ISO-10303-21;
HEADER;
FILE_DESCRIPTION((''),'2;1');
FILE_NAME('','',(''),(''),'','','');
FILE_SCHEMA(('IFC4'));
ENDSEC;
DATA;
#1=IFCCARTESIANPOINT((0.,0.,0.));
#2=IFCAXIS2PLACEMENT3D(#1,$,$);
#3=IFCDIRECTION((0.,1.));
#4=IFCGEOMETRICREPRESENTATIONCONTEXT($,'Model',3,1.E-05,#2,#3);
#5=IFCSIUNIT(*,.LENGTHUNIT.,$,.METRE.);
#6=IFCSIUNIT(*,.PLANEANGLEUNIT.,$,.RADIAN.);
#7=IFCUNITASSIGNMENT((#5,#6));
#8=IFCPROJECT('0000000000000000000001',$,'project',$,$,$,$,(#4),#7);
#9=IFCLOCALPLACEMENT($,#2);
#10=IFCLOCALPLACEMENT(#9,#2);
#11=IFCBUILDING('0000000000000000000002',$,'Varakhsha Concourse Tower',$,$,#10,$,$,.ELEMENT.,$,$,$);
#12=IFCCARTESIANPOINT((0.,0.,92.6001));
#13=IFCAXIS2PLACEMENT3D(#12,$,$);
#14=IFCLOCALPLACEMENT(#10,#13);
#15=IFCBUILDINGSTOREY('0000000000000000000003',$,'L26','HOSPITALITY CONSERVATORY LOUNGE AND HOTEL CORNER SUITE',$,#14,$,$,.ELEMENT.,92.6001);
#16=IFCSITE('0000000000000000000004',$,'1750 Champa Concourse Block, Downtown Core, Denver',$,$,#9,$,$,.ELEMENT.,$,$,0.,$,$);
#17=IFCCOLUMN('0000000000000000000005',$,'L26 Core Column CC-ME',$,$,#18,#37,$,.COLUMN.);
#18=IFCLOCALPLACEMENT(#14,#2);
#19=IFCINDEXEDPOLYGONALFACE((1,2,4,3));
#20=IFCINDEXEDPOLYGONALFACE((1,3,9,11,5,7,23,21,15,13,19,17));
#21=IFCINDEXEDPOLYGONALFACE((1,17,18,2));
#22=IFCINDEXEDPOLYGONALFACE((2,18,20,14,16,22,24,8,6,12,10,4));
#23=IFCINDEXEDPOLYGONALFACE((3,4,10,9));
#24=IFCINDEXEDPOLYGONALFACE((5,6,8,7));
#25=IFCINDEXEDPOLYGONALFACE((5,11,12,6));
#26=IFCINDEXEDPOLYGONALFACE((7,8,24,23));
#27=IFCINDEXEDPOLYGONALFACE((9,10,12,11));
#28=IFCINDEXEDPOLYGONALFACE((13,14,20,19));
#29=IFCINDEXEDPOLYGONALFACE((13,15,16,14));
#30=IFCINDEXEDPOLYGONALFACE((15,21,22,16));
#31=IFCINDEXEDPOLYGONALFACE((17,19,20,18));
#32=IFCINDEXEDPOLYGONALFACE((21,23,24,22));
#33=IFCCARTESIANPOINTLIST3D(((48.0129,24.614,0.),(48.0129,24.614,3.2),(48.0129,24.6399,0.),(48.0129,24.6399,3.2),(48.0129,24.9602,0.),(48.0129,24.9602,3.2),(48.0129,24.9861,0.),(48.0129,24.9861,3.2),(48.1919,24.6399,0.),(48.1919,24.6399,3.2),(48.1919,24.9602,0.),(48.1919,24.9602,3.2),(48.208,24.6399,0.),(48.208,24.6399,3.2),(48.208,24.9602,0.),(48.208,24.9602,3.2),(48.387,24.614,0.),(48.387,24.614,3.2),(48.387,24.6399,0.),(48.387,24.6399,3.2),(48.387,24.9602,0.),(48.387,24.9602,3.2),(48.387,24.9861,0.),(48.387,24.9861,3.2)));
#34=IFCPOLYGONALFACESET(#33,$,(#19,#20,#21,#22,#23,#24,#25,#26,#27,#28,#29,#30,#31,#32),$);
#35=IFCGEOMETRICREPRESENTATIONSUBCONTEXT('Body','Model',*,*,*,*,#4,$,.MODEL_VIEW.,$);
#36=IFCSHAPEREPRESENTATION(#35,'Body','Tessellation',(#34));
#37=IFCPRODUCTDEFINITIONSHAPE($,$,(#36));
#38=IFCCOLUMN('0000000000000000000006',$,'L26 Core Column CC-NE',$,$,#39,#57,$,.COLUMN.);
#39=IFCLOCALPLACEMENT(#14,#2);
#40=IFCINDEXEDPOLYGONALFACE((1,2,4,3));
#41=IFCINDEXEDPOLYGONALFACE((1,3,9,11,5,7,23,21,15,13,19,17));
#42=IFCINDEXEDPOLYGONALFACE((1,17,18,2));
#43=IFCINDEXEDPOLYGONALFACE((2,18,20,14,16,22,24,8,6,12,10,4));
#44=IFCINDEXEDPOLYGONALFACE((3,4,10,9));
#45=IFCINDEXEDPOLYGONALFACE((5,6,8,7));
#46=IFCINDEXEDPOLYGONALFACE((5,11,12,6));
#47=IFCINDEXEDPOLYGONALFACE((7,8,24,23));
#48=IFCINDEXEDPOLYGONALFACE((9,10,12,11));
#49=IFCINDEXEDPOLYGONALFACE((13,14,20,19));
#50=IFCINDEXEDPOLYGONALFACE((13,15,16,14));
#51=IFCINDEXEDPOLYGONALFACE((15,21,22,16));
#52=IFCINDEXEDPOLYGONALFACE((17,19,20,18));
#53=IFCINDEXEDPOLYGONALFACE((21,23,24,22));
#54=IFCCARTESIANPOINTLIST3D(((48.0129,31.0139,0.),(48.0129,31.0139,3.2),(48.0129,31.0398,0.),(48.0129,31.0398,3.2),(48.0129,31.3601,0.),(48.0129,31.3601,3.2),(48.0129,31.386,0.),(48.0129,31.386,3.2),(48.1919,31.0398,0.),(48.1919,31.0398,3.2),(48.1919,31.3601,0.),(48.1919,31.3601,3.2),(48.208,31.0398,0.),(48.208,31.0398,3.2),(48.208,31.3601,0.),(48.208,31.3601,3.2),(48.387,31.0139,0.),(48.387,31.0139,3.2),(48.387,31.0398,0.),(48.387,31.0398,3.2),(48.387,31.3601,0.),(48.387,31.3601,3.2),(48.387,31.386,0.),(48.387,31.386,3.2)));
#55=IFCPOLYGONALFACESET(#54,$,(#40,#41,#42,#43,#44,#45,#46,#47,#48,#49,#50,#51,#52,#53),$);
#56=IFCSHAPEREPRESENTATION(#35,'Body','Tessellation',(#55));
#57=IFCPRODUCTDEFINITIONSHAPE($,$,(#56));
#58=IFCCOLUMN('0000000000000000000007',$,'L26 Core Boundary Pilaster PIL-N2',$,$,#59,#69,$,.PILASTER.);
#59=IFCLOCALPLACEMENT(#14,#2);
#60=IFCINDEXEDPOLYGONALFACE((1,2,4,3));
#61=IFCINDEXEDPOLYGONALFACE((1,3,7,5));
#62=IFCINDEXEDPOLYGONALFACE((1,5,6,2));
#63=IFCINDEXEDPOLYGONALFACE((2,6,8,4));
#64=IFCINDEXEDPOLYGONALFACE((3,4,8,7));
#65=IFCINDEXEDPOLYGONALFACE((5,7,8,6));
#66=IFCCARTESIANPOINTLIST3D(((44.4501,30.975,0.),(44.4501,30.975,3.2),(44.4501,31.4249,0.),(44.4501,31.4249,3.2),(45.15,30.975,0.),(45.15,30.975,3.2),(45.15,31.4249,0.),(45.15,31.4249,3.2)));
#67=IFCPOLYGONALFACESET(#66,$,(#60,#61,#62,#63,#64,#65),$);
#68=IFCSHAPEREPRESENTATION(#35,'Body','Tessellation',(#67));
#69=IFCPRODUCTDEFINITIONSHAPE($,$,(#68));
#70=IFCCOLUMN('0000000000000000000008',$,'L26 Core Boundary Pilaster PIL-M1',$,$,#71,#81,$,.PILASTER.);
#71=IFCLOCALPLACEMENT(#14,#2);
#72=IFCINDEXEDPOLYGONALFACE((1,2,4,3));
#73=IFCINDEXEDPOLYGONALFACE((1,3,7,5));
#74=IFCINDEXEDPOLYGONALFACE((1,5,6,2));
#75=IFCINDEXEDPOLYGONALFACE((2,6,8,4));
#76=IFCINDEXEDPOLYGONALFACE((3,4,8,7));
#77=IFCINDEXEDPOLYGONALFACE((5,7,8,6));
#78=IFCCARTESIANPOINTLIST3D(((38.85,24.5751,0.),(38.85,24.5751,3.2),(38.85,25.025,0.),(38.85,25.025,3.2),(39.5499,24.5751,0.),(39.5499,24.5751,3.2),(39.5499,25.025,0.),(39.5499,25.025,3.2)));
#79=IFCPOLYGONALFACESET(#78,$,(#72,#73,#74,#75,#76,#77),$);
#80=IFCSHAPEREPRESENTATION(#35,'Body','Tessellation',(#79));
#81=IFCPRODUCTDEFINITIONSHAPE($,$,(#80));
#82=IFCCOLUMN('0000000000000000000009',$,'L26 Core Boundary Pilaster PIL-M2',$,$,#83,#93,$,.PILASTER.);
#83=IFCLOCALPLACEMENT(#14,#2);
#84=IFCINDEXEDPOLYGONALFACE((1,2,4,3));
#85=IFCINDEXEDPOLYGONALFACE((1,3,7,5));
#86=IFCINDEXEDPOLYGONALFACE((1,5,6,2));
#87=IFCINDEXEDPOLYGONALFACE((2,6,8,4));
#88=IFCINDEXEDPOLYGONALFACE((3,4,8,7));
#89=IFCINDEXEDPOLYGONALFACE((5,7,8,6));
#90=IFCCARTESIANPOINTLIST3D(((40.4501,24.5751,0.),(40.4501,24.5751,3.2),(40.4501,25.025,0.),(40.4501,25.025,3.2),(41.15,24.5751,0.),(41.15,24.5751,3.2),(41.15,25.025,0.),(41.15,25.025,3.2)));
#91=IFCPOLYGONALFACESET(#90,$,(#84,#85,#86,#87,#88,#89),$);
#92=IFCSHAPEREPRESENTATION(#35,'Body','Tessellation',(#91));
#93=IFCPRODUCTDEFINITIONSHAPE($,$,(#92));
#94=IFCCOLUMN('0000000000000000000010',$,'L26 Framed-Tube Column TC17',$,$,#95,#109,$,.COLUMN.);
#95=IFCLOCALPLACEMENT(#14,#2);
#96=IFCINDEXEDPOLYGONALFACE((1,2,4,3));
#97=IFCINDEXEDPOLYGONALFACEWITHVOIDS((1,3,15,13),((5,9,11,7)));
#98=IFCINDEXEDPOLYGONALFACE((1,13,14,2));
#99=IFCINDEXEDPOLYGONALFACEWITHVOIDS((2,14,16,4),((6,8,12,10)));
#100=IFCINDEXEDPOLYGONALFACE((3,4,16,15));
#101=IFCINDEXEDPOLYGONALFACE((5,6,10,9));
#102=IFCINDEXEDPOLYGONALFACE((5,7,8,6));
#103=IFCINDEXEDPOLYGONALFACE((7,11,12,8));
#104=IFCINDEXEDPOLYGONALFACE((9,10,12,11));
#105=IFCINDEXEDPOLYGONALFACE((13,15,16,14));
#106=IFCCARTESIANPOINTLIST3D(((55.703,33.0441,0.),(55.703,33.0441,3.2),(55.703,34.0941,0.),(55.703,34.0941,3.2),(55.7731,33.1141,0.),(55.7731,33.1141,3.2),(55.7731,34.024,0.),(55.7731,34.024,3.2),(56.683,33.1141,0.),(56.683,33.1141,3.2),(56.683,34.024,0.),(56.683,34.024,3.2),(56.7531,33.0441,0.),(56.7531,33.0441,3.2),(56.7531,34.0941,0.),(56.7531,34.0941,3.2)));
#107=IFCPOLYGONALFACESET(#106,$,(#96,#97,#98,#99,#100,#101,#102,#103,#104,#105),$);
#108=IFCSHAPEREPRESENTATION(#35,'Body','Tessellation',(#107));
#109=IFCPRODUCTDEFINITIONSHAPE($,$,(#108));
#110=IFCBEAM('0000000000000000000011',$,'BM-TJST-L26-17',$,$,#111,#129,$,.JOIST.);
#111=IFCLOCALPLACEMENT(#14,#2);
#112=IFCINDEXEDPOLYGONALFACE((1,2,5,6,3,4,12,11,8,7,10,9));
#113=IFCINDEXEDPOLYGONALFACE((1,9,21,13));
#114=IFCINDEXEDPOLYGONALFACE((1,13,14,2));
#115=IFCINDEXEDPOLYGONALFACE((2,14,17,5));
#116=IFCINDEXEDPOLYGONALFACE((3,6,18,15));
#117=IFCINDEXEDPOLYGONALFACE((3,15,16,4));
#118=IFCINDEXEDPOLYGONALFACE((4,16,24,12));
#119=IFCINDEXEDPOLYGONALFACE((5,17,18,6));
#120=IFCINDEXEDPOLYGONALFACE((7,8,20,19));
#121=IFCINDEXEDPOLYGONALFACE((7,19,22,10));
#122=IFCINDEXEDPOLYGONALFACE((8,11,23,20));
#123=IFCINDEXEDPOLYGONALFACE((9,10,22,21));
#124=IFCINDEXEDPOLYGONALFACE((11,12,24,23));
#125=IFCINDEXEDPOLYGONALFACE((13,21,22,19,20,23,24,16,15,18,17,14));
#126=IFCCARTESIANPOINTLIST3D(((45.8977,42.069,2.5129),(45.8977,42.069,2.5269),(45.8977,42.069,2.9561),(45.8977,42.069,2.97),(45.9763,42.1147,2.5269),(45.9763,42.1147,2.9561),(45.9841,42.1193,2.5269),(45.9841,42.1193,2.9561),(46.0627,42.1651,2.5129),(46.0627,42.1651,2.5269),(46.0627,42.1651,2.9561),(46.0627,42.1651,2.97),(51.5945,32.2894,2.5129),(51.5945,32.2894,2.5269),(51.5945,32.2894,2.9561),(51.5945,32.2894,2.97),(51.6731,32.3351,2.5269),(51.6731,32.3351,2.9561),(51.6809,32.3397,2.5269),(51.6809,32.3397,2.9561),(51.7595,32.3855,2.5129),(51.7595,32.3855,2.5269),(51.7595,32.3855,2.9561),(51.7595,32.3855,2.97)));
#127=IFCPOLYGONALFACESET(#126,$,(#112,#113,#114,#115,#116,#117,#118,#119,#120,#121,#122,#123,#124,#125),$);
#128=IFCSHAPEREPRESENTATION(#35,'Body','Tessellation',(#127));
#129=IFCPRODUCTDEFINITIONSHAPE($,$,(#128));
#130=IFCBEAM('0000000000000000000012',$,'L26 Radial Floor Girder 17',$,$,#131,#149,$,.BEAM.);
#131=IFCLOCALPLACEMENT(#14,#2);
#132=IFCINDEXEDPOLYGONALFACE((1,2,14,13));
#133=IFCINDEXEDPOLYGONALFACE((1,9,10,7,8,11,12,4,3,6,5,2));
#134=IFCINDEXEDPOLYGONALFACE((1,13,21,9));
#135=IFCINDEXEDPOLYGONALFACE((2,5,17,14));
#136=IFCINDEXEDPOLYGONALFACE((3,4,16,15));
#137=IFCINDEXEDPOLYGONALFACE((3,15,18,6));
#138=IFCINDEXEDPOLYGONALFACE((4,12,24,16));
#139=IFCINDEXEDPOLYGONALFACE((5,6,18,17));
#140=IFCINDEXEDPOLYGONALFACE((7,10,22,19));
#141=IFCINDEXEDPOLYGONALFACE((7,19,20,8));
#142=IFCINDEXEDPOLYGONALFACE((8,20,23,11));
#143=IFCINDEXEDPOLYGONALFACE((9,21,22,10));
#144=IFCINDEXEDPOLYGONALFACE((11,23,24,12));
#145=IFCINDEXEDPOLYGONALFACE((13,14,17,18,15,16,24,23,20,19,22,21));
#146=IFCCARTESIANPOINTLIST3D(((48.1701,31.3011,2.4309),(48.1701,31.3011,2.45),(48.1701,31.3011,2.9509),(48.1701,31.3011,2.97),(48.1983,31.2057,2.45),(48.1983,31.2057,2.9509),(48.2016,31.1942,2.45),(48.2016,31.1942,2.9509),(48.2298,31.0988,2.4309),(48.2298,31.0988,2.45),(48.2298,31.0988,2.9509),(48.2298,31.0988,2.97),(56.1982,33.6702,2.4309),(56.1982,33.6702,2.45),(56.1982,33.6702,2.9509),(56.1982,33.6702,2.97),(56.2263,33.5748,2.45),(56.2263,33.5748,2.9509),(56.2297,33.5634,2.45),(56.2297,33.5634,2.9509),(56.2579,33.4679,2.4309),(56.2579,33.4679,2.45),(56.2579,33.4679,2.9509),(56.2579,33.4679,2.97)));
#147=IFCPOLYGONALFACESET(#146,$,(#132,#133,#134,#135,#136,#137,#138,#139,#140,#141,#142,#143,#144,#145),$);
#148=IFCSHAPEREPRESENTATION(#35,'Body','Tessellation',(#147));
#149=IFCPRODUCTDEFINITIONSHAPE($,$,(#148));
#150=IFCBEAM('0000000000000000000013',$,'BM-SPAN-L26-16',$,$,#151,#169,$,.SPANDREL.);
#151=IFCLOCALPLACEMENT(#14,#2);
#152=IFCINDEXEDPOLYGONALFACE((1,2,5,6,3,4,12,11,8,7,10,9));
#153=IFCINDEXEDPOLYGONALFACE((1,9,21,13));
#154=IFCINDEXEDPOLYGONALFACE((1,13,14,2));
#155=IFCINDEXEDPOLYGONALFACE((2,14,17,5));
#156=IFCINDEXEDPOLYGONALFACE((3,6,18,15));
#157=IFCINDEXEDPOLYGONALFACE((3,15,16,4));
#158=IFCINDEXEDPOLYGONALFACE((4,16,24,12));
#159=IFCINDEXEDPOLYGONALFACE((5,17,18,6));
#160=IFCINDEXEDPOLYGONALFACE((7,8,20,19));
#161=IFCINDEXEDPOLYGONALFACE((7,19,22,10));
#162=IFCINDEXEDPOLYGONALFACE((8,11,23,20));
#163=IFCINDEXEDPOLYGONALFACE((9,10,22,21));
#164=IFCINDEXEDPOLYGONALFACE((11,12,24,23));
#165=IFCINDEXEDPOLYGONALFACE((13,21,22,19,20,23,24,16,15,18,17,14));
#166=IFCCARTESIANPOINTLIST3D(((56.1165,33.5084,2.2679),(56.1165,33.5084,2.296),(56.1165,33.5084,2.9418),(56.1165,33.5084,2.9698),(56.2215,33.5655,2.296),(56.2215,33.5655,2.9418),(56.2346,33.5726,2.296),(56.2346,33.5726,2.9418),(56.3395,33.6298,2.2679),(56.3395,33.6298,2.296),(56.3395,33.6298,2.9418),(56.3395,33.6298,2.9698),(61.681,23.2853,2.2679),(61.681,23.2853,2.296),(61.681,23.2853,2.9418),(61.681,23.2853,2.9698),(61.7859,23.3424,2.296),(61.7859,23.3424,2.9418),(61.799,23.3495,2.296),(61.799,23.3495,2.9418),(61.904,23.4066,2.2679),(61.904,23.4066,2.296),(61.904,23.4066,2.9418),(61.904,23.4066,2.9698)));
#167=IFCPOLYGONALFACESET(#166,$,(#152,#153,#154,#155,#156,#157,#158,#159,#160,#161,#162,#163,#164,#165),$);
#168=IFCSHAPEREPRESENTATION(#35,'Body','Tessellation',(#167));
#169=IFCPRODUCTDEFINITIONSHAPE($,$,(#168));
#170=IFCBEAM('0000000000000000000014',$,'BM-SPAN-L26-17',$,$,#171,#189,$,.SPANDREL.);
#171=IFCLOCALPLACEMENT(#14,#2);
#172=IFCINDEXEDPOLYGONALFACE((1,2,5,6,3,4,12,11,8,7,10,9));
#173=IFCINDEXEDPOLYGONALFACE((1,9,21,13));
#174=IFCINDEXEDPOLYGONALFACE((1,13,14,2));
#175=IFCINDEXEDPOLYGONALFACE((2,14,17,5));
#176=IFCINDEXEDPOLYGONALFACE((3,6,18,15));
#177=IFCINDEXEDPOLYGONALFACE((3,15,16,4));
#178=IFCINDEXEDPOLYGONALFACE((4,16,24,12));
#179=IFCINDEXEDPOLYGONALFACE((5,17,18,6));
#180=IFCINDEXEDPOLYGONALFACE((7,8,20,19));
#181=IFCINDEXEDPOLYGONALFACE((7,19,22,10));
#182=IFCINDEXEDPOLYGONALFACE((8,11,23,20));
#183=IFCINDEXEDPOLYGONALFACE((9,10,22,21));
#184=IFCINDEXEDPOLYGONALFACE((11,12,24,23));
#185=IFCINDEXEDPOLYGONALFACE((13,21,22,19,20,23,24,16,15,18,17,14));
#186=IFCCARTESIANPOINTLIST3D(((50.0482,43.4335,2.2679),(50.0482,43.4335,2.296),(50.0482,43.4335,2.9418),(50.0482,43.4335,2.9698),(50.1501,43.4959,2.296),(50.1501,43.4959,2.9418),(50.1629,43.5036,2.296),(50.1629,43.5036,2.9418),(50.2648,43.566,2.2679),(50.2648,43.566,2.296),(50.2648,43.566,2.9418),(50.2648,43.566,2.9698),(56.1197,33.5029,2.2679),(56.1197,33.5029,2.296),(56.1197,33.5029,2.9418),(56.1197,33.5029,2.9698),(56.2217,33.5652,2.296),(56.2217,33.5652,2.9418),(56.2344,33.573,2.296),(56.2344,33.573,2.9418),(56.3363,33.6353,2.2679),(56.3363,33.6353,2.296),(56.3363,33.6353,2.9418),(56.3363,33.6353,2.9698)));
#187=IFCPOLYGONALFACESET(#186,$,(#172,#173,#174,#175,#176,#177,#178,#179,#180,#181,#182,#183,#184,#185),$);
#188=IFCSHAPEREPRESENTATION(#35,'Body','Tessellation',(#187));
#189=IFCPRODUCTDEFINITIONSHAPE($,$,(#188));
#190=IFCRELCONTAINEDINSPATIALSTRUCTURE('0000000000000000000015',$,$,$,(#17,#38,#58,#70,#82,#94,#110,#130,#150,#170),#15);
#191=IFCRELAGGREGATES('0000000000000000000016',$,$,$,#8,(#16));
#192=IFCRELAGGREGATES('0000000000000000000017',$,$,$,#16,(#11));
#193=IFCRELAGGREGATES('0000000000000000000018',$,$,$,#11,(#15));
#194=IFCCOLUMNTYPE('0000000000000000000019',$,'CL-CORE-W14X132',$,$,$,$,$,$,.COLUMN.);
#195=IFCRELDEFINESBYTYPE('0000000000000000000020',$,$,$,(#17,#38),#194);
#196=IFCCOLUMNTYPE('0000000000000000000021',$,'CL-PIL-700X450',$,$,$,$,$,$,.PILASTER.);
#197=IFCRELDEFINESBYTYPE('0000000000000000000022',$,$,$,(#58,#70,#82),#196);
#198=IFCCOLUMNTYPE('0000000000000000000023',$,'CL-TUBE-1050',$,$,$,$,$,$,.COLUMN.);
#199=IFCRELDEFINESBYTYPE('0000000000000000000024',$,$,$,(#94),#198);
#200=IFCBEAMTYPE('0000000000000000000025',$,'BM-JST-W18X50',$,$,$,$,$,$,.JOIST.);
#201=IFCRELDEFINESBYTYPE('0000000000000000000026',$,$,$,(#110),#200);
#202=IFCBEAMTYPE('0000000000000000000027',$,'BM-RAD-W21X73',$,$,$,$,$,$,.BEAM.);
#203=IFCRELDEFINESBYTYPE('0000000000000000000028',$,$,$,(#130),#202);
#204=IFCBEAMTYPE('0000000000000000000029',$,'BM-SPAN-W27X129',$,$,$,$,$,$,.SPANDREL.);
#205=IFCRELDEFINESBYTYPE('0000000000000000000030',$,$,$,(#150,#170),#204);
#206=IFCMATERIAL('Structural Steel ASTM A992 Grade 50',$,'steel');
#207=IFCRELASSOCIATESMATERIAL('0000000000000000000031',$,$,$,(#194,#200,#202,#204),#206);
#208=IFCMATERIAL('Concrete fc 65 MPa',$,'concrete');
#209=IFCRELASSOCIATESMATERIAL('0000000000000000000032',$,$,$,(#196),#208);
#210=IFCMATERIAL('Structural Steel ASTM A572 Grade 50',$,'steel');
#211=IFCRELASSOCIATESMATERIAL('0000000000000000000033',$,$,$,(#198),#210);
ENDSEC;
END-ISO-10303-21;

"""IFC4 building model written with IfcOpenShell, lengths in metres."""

from ifc_helpers import new_model, si_unit, direction, frame, origin, origin_2d, place, context, subcontext, project, spatial, rectangle, hollow_rectangle, i_section, extrude, material, material_profile, profile_set, type_object, element, save


model = new_model("IFC4")

# Units and contexts
model_context = context("Model", 3, precision=1e-05, world=origin(), true_north=direction((0.0, 1.0)))
body_context = subcontext(model_context, "Body", "Model", "MODEL_VIEW")
ifc_project = project(units=[si_unit("LENGTHUNIT", "METRE"), si_unit("PLANEANGLEUNIT", "RADIAN")], contexts=[model_context])

# Site, building, storey
site_placement = place(None, origin())
site = spatial("IfcSite", under=ifc_project, at=site_placement, Name="1750 Champa Concourse Block, Downtown Core, Denver", CompositionType="ELEMENT", RefElevation=0.0)
building_placement = place(site_placement, origin())
building = spatial("IfcBuilding", under=site, at=building_placement, Name="Varakhsha Concourse Tower", CompositionType="ELEMENT")
storey_placement = place(building_placement, frame((0.0, 0.0, 92.6001)))
storey = spatial("IfcBuildingStorey", under=building, at=storey_placement, Name="L26", Description="HOSPITALITY CONSERVATORY LOUNGE AND HOTEL CORNER SUITE", CompositionType="ELEMENT", Elevation=92.6001)

# Columns
ifc_material_1 = material(Name="Structural Steel ASTM A992 Grade 50", Category="steel")
ifc_material_profile_1 = material_profile(ifc_material_1, i_section(OverallWidth=0.374, OverallDepth=0.3721, WebThickness=0.0161, FlangeThickness=0.0259, at=origin_2d()), Name="W14X132")
ifc_profile_set_1 = profile_set([ifc_material_profile_1], Name="Structural Steel ASTM A992 Grade 50")
column_type_1 = type_object("IfcColumnType", Name="CL-CORE-W14X132", PredefinedType="COLUMN", material=ifc_profile_set_1)
for number, where, z_axis, x_axis, name in (
    (1, (48.2, 24.8, 0.0), (0.0, 0.0, 1.0), (1.0, 0.0, 0.0), "L26 Core Column CC-ME"),
    (2, (48.2, 31.2, 0.0), (0.0, 0.0, 1.0), (1.0, 0.0, 0.0), "L26 Core Column CC-NE"),
):
    element("IfcColumn", number, at=place(storey_placement, frame(where, z_axis=z_axis, x_axis=x_axis)), inside=storey, type_object=column_type_1, Name=name, PredefinedType="COLUMN", context=body_context, shape_type="SweptSolid", body=[
        extrude(i_section(OverallWidth=0.374, OverallDepth=0.3721, WebThickness=0.0161, FlangeThickness=0.0259, at=origin_2d()), origin(), (0.0, 0.0, 1.0), 3.2),
    ])
ifc_material_2 = material(Name="Concrete fc 65 MPa", Category="concrete")
ifc_material_profile_2 = material_profile(ifc_material_2, rectangle(XDim=0.7, YDim=0.45, at=origin_2d()), Name="RC 700x450")
ifc_profile_set_2 = profile_set([ifc_material_profile_2], Name="Concrete fc 65 MPa")
column_type_2 = type_object("IfcColumnType", Name="CL-PIL-700X450", PredefinedType="PILASTER", material=ifc_profile_set_2)
for number, where, z_axis, x_axis, name in (
    (3, (44.8, 31.2, 0.0), (0.0, 0.0, 1.0), (1.0, 0.0, 0.0), "L26 Core Boundary Pilaster PIL-N2"),
    (4, (39.2, 24.8, 0.0), (0.0, 0.0, 1.0), (1.0, 0.0, 0.0), "L26 Core Boundary Pilaster PIL-M1"),
    (5, (40.8, 24.8, 0.0), (0.0, 0.0, 1.0), (1.0, 0.0, 0.0), "L26 Core Boundary Pilaster PIL-M2"),
):
    element("IfcColumn", number, at=place(storey_placement, frame(where, z_axis=z_axis, x_axis=x_axis)), inside=storey, type_object=column_type_2, Name=name, PredefinedType="PILASTER", context=body_context, shape_type="SweptSolid", body=[
        extrude(rectangle(XDim=0.7, YDim=0.45, at=origin_2d()), origin(), (0.0, 0.0, 1.0), 3.2),
    ])
ifc_material_3 = material(Name="Structural Steel ASTM A572 Grade 50", Category="steel")
ifc_material_profile_3 = material_profile(ifc_material_3, hollow_rectangle(XDim=1.05, YDim=1.05, WallThickness=0.0701, at=origin_2d()), Name="BOX 1050x1050x70")
ifc_profile_set_3 = profile_set([ifc_material_profile_3], Name="Structural Steel ASTM A572 Grade 50")
column_type_3 = type_object("IfcColumnType", Name="CL-TUBE-1050", PredefinedType="COLUMN", material=ifc_profile_set_3)
column_placement = place(storey_placement, frame((56.228, 33.5691, 0.0), z_axis=(0.0, 0.0, 1.0), x_axis=(1.0, 0.0, 0.0)))
element("IfcColumn", 6, at=column_placement, inside=storey, type_object=column_type_3, Name="L26 Framed-Tube Column TC17", PredefinedType="COLUMN", context=body_context, shape_type="SweptSolid", body=[
    extrude(hollow_rectangle(XDim=1.05, YDim=1.05, WallThickness=0.0701, at=origin_2d()), origin(), (0.0, 0.0, 1.0), 3.2),
])

# Beams
ifc_material_profile_4 = material_profile(ifc_material_1, i_section(OverallWidth=0.1909, OverallDepth=0.457, WebThickness=0.009, FlangeThickness=0.0139, at=origin_2d()), Name="W18X50")
ifc_profile_set_4 = profile_set([ifc_material_profile_4], Name="Structural Steel ASTM A992 Grade 50")
beam_type_1 = type_object("IfcBeamType", Name="BM-JST-W18X50", PredefinedType="JOIST", material=ifc_profile_set_4)
beam_1_placement = place(storey_placement, frame((51.677, 32.3374, 2.7415), z_axis=(-0.503347, 0.864085, 0.0), x_axis=(-0.864085, -0.503347, 0.0)))
element("IfcBeam", 7, at=beam_1_placement, inside=storey, type_object=beam_type_1, Name="BM-TJST-L26-17", PredefinedType="JOIST", context=body_context, shape_type="SweptSolid", body=[
    extrude(i_section(OverallWidth=0.1909, OverallDepth=0.457, WebThickness=0.009, FlangeThickness=0.0139, at=origin_2d()), origin(), (0.0, 0.0, 1.0), 11.3179),
])
ifc_material_profile_5 = material_profile(ifc_material_1, i_section(OverallWidth=0.2109, OverallDepth=0.5391, WebThickness=0.012, FlangeThickness=0.019, at=origin_2d()), Name="W21X73")
ifc_profile_set_5 = profile_set([ifc_material_profile_5], Name="Structural Steel ASTM A992 Grade 50")
beam_type_2 = type_object("IfcBeamType", Name="BM-RAD-W21X73", PredefinedType="BEAM", material=ifc_profile_set_5)
beam_2_placement = place(storey_placement, frame((48.2, 31.2, 2.7004), z_axis=(0.959108, 0.283039, 0.0), x_axis=(-0.283039, 0.959108, 0.0)))
element("IfcBeam", 8, at=beam_2_placement, inside=storey, type_object=beam_type_2, Name="L26 Radial Floor Girder 17", PredefinedType="BEAM", context=body_context, shape_type="SweptSolid", body=[
    extrude(i_section(OverallWidth=0.2109, OverallDepth=0.5391, WebThickness=0.012, FlangeThickness=0.019, at=origin_2d()), origin(), (0.0, 0.0, 1.0), 8.3704),
])
ifc_material_profile_6 = material_profile(ifc_material_1, i_section(OverallWidth=0.2539, OverallDepth=0.7019, WebThickness=0.0149, FlangeThickness=0.0281, at=origin_2d()), Name="W27X129")
ifc_profile_set_6 = profile_set([ifc_material_profile_6], Name="Structural Steel ASTM A992 Grade 50")
beam_type_3 = type_object("IfcBeamType", Name="BM-SPAN-W27X129", PredefinedType="SPANDREL", material=ifc_profile_set_6)
beam_3_placement = place(storey_placement, frame((61.7925, 23.3459, 2.6189), z_axis=(-0.47807, 0.878322, 0.0), x_axis=(-0.878322, -0.47807, 0.0)))
element("IfcBeam", 9, at=beam_3_placement, inside=storey, type_object=beam_type_3, Name="BM-SPAN-L26-16", PredefinedType="SPANDREL", context=body_context, shape_type="SweptSolid", body=[
    extrude(i_section(OverallWidth=0.2539, OverallDepth=0.7019, WebThickness=0.0149, FlangeThickness=0.0281, at=origin_2d()), origin(), (0.0, 0.0, 1.0), 11.6394),
])
beam_4_placement = place(storey_placement, frame((56.228, 33.5691, 2.6189), z_axis=(-0.521625, 0.853175, 0.0), x_axis=(-0.853175, -0.521625, 0.0)))
element("IfcBeam", 10, at=beam_4_placement, inside=storey, type_object=beam_type_3, Name="BM-SPAN-L26-17", PredefinedType="SPANDREL", context=body_context, shape_type="SweptSolid", body=[
    extrude(i_section(OverallWidth=0.2539, OverallDepth=0.7019, WebThickness=0.0149, FlangeThickness=0.0281, at=origin_2d()), origin(), (0.0, 0.0, 1.0), 11.6396),
])

save(model, "model.ifc")
